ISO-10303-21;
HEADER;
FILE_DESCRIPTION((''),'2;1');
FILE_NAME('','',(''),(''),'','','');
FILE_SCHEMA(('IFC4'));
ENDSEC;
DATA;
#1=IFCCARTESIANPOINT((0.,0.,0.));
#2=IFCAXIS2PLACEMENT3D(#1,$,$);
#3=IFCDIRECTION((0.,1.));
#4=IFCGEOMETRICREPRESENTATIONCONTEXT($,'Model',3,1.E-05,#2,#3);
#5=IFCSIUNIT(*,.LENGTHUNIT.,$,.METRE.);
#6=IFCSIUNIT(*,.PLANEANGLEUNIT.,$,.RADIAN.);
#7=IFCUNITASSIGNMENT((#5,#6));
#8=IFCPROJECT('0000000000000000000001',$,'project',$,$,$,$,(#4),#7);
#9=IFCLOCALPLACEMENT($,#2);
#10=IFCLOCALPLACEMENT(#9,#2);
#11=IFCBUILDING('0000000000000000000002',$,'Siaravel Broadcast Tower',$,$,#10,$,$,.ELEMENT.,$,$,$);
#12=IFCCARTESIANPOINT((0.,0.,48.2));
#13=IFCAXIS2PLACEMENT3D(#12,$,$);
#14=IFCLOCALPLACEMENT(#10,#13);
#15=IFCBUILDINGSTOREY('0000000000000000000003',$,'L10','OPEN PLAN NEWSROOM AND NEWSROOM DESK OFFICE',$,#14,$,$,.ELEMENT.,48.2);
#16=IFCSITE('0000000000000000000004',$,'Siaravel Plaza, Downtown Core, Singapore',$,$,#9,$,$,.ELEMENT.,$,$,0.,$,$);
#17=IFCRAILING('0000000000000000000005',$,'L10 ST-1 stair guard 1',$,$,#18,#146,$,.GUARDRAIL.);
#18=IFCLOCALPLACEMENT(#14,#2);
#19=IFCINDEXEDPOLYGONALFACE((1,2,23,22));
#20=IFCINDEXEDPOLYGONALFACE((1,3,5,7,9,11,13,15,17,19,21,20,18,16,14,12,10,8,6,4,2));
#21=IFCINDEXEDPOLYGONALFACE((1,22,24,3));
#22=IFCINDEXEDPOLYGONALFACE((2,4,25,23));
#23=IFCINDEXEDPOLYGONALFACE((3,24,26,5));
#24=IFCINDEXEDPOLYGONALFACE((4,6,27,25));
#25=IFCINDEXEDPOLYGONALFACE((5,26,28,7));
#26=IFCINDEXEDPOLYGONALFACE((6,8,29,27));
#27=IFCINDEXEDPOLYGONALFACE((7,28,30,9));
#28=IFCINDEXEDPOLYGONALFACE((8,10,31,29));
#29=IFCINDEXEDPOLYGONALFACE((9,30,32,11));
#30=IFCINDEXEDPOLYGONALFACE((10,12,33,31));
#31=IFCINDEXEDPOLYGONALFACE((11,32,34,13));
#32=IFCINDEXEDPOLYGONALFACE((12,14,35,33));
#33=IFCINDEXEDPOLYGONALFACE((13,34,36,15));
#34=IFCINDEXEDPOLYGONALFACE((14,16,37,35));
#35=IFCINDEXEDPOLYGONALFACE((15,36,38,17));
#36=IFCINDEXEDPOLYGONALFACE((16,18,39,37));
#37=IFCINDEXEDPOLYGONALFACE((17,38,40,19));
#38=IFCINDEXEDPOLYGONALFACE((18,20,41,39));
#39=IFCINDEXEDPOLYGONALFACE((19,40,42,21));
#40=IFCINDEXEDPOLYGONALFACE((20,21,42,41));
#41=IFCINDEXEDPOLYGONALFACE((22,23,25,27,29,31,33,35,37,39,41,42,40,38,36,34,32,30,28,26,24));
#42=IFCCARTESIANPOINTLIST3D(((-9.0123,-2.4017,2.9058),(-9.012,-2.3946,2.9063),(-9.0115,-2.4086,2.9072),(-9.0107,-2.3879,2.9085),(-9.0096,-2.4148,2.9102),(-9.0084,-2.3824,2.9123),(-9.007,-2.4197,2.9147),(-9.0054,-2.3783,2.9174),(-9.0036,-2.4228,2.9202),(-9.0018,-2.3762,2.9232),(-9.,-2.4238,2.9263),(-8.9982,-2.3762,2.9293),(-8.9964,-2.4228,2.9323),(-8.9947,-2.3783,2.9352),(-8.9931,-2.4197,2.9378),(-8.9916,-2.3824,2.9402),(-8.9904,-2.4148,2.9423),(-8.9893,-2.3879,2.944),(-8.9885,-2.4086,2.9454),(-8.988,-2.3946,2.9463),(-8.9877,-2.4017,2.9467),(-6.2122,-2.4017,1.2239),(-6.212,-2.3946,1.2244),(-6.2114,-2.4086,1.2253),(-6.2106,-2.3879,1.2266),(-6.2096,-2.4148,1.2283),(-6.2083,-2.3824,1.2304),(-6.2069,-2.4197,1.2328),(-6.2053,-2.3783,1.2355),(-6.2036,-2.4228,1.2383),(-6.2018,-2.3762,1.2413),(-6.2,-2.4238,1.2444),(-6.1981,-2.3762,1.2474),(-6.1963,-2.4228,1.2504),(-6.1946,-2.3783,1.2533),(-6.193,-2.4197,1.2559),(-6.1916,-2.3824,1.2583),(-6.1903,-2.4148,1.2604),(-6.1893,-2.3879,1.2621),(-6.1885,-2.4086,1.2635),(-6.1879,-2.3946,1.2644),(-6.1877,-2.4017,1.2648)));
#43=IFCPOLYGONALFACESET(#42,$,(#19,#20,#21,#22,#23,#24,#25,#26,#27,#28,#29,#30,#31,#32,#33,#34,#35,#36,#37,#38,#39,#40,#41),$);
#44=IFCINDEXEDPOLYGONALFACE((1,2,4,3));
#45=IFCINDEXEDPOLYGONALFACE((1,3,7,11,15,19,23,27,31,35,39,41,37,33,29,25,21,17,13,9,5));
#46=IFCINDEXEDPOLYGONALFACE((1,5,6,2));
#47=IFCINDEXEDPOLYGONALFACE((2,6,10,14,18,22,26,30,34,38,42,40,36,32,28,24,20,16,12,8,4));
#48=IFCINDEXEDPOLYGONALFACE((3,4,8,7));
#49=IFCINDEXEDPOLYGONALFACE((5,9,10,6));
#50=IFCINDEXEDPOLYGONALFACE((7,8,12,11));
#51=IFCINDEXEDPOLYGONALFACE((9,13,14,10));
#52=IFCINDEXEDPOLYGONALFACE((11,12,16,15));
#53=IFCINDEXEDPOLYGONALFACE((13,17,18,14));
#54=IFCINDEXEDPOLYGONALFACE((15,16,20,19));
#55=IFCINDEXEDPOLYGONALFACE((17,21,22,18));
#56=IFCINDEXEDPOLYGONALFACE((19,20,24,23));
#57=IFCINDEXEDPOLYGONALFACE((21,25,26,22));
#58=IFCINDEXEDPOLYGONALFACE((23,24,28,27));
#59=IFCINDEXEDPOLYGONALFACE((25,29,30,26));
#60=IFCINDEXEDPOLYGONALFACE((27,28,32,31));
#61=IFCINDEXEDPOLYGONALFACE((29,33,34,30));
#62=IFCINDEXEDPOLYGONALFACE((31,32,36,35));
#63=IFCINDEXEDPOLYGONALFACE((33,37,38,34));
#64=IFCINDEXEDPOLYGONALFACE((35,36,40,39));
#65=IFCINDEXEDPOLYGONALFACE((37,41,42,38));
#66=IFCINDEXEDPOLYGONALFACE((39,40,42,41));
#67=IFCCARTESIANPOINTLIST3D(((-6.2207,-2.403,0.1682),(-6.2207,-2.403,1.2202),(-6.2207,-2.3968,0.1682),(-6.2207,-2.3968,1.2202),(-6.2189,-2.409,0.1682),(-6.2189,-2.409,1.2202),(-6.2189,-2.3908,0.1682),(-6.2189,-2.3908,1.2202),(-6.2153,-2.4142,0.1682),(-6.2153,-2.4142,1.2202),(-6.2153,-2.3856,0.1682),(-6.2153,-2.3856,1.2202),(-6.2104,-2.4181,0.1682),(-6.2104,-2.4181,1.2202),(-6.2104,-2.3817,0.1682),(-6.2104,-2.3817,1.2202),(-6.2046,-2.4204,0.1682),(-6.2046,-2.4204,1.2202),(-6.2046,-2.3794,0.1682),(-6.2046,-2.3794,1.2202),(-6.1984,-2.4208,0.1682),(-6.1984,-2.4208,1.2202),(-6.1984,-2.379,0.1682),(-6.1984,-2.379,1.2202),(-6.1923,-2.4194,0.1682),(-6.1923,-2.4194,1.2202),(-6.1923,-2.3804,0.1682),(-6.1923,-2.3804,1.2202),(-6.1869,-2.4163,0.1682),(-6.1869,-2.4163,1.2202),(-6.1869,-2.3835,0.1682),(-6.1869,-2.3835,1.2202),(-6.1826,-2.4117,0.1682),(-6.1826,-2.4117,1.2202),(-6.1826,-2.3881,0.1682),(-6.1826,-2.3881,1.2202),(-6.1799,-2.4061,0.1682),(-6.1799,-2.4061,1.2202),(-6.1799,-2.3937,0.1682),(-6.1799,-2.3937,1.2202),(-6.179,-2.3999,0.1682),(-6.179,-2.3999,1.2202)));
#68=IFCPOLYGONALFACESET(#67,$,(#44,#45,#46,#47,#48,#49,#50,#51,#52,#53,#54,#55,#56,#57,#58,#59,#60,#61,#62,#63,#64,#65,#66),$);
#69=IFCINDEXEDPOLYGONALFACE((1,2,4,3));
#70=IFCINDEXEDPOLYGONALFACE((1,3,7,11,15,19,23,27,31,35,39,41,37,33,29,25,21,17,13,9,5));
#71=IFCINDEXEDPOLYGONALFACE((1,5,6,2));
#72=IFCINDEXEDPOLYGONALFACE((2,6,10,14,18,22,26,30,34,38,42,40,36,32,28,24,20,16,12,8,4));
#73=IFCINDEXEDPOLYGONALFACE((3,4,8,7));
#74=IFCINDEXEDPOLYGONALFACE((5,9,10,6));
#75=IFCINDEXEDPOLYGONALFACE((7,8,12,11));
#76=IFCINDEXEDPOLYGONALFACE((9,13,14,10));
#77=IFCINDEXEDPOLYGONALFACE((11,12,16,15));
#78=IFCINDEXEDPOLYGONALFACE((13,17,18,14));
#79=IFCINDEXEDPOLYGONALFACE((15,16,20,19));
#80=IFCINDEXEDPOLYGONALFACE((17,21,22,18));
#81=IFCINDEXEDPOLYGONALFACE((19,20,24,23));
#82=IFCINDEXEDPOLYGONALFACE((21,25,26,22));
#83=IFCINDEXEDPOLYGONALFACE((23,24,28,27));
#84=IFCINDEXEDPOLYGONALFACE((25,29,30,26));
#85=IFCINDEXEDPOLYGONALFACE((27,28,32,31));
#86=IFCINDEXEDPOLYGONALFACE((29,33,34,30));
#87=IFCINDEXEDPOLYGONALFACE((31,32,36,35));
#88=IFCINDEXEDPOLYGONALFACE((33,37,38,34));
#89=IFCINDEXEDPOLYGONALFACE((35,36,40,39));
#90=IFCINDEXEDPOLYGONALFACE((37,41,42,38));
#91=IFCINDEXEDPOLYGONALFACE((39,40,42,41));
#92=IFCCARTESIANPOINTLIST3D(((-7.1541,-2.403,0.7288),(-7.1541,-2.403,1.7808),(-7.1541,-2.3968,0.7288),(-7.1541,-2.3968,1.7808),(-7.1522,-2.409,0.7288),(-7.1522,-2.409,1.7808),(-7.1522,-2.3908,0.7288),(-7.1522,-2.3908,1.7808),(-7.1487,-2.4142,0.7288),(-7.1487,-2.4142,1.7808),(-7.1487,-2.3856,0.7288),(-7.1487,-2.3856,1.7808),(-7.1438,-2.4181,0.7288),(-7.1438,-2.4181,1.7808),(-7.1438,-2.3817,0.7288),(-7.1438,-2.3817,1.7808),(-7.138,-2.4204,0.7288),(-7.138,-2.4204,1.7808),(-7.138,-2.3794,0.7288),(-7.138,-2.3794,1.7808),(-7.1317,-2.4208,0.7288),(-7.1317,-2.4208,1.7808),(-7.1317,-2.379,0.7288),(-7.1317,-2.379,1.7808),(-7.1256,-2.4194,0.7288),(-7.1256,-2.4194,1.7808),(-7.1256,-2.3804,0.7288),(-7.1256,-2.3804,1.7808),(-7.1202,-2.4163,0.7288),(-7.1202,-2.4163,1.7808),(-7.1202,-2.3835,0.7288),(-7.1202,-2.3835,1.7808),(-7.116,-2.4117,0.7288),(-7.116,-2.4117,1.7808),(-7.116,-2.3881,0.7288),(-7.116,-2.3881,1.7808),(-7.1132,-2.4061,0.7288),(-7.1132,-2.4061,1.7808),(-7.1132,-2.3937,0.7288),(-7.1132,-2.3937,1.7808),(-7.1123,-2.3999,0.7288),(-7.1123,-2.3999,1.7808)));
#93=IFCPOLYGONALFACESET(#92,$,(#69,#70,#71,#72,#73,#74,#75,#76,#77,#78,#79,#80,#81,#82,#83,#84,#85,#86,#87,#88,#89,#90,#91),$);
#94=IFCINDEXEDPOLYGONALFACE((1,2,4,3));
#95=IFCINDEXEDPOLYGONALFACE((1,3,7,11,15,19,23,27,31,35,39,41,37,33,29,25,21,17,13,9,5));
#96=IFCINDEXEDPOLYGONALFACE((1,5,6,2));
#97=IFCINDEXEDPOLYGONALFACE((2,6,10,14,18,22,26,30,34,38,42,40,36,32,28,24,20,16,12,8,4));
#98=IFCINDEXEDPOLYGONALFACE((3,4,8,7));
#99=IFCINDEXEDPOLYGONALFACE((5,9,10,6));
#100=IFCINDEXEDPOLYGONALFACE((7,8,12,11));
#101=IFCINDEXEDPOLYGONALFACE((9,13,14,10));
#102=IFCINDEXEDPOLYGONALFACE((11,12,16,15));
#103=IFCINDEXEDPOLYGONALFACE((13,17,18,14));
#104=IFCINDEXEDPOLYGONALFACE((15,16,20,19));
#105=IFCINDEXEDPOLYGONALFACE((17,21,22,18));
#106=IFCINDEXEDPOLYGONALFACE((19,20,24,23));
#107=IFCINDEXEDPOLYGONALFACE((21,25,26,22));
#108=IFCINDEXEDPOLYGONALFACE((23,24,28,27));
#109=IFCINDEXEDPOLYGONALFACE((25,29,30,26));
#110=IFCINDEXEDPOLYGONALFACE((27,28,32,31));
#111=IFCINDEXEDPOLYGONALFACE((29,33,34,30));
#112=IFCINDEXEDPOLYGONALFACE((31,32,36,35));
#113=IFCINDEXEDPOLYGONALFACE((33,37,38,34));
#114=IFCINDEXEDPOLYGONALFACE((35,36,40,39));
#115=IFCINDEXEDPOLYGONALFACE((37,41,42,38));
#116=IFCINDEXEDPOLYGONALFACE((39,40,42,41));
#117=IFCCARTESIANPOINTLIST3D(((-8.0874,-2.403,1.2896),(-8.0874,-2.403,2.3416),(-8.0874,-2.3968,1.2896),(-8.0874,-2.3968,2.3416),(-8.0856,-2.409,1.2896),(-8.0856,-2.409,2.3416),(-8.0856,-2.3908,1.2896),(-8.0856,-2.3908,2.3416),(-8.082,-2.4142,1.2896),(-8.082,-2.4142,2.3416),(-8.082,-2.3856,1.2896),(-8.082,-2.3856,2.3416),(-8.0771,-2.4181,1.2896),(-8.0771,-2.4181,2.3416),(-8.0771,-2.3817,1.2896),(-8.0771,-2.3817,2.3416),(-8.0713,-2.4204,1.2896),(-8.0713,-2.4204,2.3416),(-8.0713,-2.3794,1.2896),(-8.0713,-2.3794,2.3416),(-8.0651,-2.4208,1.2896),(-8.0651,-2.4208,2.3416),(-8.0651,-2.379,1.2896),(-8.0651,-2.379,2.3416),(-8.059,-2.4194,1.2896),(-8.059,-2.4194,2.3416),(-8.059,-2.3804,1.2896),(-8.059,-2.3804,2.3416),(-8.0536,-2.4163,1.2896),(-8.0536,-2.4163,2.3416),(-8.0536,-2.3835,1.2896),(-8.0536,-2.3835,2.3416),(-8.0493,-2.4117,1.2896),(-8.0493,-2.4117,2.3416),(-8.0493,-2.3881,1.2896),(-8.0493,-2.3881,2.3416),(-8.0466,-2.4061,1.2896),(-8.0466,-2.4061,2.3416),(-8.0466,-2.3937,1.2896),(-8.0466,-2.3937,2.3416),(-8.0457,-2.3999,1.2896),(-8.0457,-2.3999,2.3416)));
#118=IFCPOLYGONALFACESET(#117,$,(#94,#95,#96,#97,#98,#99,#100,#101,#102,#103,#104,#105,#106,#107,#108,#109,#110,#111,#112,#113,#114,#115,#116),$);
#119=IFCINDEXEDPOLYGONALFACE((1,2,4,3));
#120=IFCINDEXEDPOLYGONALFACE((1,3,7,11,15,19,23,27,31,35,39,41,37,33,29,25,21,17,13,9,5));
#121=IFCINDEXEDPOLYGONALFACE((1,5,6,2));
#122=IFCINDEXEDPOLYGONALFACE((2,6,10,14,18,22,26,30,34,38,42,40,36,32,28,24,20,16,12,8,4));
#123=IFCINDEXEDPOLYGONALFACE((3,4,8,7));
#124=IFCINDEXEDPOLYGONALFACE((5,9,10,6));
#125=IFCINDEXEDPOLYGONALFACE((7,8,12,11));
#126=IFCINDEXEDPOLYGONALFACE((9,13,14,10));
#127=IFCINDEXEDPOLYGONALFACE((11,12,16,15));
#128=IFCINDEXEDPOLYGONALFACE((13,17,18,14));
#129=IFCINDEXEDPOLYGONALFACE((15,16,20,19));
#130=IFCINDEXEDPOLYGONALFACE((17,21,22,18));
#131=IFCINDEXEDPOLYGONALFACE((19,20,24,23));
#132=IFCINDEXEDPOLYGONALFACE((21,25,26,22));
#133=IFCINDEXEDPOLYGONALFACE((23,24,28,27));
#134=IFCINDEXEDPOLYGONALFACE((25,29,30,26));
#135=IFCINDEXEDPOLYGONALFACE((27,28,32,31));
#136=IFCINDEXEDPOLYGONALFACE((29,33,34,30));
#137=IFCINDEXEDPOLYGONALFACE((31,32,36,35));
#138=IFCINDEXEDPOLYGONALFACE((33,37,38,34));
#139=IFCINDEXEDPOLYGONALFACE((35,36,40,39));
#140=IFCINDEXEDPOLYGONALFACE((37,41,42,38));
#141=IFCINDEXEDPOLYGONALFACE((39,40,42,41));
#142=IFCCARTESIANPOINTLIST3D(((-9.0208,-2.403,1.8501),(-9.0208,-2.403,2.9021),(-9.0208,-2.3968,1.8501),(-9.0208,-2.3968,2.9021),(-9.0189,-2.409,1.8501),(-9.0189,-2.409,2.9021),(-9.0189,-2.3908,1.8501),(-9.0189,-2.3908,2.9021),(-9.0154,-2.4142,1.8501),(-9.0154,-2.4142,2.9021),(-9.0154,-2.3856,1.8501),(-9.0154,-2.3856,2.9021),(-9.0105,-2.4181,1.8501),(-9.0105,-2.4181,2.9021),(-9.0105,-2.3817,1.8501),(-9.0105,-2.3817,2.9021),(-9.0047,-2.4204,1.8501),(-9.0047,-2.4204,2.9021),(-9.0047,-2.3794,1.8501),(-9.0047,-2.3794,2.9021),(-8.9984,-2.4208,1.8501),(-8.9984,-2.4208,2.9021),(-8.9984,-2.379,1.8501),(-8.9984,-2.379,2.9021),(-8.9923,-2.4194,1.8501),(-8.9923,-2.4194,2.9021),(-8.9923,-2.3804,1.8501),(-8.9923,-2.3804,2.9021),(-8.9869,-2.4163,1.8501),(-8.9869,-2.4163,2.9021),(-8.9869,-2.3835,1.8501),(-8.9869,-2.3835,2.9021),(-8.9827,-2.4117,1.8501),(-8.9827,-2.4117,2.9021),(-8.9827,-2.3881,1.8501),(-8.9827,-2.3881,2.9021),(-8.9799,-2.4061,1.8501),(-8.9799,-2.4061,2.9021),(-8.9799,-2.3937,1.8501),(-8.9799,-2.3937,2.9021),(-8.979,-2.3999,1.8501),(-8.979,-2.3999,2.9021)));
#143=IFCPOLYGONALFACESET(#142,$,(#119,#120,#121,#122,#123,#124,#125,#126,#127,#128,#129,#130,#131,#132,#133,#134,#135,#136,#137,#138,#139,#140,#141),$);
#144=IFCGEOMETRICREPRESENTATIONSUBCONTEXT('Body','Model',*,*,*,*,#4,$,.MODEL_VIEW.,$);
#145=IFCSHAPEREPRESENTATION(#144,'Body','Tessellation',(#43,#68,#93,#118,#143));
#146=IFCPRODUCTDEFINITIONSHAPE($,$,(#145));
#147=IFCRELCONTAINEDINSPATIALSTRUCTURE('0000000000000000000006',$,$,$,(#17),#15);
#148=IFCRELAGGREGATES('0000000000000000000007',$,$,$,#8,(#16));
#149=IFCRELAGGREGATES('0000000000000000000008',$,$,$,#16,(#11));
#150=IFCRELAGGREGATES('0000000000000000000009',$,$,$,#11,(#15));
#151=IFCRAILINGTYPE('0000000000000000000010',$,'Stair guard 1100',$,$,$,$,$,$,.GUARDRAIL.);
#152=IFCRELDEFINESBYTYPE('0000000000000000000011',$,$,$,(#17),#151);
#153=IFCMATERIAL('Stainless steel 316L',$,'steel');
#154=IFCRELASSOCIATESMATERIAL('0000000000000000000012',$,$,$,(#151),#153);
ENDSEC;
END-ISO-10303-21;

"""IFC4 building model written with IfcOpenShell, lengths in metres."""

from ifc_helpers import new_model, si_unit, direction, frame, origin, origin_2d, place, context, subcontext, project, spatial, circle, extrude, material, type_object, element, save


model = new_model("IFC4")

# Units and contexts
model_context = context("Model", 3, precision=1e-05, world=origin(), true_north=direction((0.0, 1.0)))
body_context = subcontext(model_context, "Body", "Model", "MODEL_VIEW")
ifc_project = project(units=[si_unit("LENGTHUNIT", "METRE"), si_unit("PLANEANGLEUNIT", "RADIAN")], contexts=[model_context])

# Site, building, storey
site_placement = place(None, origin())
site = spatial("IfcSite", under=ifc_project, at=site_placement, Name="Siaravel Plaza, Downtown Core, Singapore", CompositionType="ELEMENT", RefElevation=0.0)
building_placement = place(site_placement, origin())
building = spatial("IfcBuilding", under=site, at=building_placement, Name="Siaravel Broadcast Tower", CompositionType="ELEMENT")
storey_placement = place(building_placement, frame((0.0, 0.0, 48.2)))
storey = spatial("IfcBuildingStorey", under=building, at=storey_placement, Name="L10", Description="OPEN PLAN NEWSROOM AND NEWSROOM DESK OFFICE", CompositionType="ELEMENT", Elevation=48.2)

# Shared definitions
ifc_material_1 = material(Name="Stainless steel 316L", Category="steel")

# Railing
railing_type_1 = type_object("IfcRailingType", Name="Stair guard 1100", PredefinedType="GUARDRAIL", material=ifc_material_1)
railing_1_placement = place(storey_placement, frame((-6.2, -2.3999, 0.1682)))
element("IfcRailing", 1, at=railing_1_placement, inside=storey, type_object=railing_type_1, Name="L10 ST-1 stair guard 1", PredefinedType="GUARDRAIL", context=body_context, shape_type="SweptSolid", body=[
    extrude(circle(Radius=0.0239, at=origin_2d()), frame((0.0, 0.0, 1.0762), z_axis=(-0.857242, 0.0, 0.514913), x_axis=(0.0, -1.0, 0.0)), (0.0, 0.0, 1.0), 3.2664),
    extrude(circle(Radius=0.021, at=origin_2d()), origin(), (0.0, 0.0, 1.0), 1.052),
    extrude(circle(Radius=0.021, at=origin_2d()), frame((-0.9333, 0.0, 0.5605)), (0.0, 0.0, 1.0), 1.052),
    extrude(circle(Radius=0.021, at=origin_2d()), frame((-1.8667, 0.0, 1.1213)), (0.0, 0.0, 1.0), 1.052),
    extrude(circle(Radius=0.021, at=origin_2d()), frame((-2.8, 0.0, 1.6819)), (0.0, 0.0, 1.0), 1.052),
])

save(model, "model.ifc")
